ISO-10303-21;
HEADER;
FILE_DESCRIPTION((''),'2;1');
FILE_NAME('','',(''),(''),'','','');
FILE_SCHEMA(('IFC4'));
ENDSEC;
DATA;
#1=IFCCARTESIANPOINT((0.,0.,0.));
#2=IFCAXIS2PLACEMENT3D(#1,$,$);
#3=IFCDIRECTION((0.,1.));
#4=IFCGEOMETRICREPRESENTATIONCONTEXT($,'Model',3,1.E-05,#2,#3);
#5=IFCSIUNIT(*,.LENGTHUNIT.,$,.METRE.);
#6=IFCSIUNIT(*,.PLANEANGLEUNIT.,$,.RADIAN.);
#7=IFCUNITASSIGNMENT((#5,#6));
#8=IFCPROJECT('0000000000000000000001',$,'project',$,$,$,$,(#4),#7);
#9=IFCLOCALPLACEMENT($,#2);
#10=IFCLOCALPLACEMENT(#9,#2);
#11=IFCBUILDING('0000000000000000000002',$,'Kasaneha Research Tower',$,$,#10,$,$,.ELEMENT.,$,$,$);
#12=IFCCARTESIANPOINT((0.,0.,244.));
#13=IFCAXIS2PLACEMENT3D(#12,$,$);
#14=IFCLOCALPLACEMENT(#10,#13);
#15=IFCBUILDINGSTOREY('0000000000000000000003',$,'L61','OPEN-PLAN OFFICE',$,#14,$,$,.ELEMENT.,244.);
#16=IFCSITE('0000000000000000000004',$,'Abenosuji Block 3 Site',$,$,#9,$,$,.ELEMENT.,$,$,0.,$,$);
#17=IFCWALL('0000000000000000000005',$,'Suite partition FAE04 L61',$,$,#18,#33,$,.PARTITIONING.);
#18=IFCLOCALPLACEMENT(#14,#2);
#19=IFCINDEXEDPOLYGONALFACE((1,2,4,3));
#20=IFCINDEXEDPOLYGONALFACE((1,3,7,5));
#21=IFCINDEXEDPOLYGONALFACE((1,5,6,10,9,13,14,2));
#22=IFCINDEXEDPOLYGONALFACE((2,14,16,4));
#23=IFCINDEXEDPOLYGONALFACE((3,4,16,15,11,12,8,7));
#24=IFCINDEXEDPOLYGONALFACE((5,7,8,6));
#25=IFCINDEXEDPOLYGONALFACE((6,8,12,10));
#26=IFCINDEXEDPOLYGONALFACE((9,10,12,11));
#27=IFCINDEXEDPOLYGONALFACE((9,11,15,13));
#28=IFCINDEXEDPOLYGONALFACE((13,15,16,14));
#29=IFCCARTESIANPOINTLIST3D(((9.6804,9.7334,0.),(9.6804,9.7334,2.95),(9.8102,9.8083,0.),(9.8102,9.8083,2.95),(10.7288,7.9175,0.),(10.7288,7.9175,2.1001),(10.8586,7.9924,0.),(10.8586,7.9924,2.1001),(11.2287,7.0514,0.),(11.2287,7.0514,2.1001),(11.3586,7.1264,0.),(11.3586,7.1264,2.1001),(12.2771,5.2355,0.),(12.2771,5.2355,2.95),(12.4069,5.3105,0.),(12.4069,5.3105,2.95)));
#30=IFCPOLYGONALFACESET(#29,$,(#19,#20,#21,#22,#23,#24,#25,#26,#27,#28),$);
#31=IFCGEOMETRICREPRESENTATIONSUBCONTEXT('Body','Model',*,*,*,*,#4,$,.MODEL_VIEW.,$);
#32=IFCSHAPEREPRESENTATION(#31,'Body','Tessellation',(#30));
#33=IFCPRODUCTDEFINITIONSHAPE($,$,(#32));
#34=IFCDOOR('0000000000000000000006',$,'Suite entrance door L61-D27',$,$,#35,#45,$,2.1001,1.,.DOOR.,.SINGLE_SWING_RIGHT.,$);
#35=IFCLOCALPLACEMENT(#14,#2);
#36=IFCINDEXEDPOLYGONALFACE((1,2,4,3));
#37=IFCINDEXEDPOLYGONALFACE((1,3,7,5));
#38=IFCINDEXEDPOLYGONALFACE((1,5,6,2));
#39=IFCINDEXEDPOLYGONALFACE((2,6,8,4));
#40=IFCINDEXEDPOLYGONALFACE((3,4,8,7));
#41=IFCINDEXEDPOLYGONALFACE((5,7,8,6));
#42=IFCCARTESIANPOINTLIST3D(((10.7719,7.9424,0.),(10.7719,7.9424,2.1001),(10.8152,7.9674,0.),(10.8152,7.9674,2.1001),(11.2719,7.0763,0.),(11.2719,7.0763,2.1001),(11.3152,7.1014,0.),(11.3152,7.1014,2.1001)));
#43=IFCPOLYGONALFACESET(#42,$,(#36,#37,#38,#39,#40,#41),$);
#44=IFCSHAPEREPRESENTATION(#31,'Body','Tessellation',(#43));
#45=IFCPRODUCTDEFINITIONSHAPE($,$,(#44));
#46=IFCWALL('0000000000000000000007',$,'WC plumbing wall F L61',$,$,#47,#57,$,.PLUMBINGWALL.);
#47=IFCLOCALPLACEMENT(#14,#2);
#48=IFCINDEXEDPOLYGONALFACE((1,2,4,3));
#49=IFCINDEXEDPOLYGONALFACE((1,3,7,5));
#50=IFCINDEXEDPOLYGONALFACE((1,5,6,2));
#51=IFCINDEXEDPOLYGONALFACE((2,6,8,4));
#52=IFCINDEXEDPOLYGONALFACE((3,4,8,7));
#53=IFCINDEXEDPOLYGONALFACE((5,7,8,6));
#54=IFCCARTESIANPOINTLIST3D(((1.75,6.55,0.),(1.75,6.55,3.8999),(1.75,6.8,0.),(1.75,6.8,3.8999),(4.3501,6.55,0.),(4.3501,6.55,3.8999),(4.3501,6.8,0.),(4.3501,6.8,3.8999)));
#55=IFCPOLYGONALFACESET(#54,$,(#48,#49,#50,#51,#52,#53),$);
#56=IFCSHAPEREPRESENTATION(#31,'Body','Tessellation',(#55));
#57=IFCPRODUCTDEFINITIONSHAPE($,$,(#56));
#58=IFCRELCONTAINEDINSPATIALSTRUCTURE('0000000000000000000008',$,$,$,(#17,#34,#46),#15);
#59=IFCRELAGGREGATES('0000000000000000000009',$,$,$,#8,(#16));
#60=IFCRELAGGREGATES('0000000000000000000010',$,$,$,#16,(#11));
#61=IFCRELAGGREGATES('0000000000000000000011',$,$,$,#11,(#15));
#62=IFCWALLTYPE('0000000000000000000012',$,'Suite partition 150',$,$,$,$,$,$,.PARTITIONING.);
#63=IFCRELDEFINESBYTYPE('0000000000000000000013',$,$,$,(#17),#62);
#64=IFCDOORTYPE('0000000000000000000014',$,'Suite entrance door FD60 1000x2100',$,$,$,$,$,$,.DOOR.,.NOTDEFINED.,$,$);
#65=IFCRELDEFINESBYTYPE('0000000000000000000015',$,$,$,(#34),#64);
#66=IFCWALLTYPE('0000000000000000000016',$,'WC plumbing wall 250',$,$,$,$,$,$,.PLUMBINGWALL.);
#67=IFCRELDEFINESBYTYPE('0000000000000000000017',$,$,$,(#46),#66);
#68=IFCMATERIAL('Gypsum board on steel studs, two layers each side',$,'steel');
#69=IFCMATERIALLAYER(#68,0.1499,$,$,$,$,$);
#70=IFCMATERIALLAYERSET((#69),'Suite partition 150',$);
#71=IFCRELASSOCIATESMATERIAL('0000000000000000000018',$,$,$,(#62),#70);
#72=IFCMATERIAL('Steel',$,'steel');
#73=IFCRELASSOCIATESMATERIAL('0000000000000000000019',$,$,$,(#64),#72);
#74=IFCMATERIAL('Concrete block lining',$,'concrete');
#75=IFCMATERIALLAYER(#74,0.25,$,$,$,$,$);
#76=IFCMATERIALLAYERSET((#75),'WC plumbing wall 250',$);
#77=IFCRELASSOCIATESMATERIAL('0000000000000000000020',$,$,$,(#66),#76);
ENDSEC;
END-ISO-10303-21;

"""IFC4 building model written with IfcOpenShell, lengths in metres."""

from ifc_helpers import new_model, si_unit, direction, frame, frame_2d, origin, place, context, subcontext, project, spatial, rectangle, extrude, material, layer, layer_set, type_object, element, fill, save


model = new_model("IFC4")

# Units and contexts
model_context = context("Model", 3, precision=1e-05, world=origin(), true_north=direction((0.0, 1.0)))
body_context = subcontext(model_context, "Body", "Model", "MODEL_VIEW")
ifc_project = project(units=[si_unit("LENGTHUNIT", "METRE"), si_unit("PLANEANGLEUNIT", "RADIAN")], contexts=[model_context])

# Site, building, storey
site_placement = place(None, origin())
site = spatial("IfcSite", under=ifc_project, at=site_placement, Name="Abenosuji Block 3 Site", CompositionType="ELEMENT", RefElevation=0.0)
building_placement = place(site_placement, origin())
building = spatial("IfcBuilding", under=site, at=building_placement, Name="Kasaneha Research Tower", CompositionType="ELEMENT")
storey_placement = place(building_placement, frame((0.0, 0.0, 244.0)))
storey = spatial("IfcBuildingStorey", under=building, at=storey_placement, Name="L61", Description="OPEN-PLAN OFFICE", CompositionType="ELEMENT", Elevation=244.0)

# Shared definitions
ifc_material_1 = material(Name="Gypsum board on steel studs, two layers each side", Category="steel")
ifc_layer_1 = layer(ifc_material_1, 0.1499)
ifc_layer_set_1 = layer_set([ifc_layer_1], Name="Suite partition 150")
wall_type_1 = type_object("IfcWallType", Name="Suite partition 150", PredefinedType="PARTITIONING", material=ifc_layer_set_1)
ifc_material_2 = material(Name="Steel", Category="steel")
door_type_1 = type_object("IfcDoorType", Name="Suite entrance door FD60 1000x2100", OperationType="NOTDEFINED", PredefinedType="DOOR", material=ifc_material_2)

# Wall, opening, door
wall_1_placement = place(storey_placement, frame((9.7454, 9.7708, 0.0), z_axis=(0.0, 0.0, 1.0), x_axis=(0.499982, -0.866036, 0.0)))
wall_1 = element("IfcWall", 1, at=wall_1_placement, inside=storey, type_object=wall_type_1, Name="Suite partition FAE04 L61", PredefinedType="PARTITIONING", context=body_context, shape_type="SweptSolid", body=[
    extrude(rectangle(XDim=5.1936, YDim=0.1499, at=frame_2d((2.5967, 0.0))), origin(), (0.0, 0.0, 1.0), 2.95),
])
opening_1_placement = place(wall_1_placement, frame((2.0967, 0.0, 0.0)))
opening_1 = element("IfcOpeningElement", 2, at=opening_1_placement, cuts=wall_1, PredefinedType="OPENING", context=body_context, shape_type="SweptSolid", body=[
    extrude(rectangle(XDim=1.0, YDim=2.1001, at=frame_2d((0.5, 1.05))), frame((0.0, 0.085, 0.0), z_axis=(0.0, -1.0, 0.0), x_axis=(1.0, 0.0, 0.0)), (0.0, 0.0, 1.0), 0.1699),
])
door_1_placement = place(opening_1_placement, origin())
door_1 = element("IfcDoor", 3, at=door_1_placement, inside=storey, type_object=door_type_1, Name="Suite entrance door L61-D27", OperationType="SINGLE_SWING_RIGHT", OverallHeight=2.1001, OverallWidth=1.0, PredefinedType="DOOR", context=body_context, shape_type="SweptSolid", body=[
    extrude(rectangle(XDim=1.0, YDim=2.1001, at=frame_2d((0.5, 1.05))), frame((0.0, 0.0249, 0.0), z_axis=(0.0, -1.0, 0.0), x_axis=(1.0, 0.0, 0.0)), (0.0, 0.0, 1.0), 0.05),
])
fill(opening_1, door_1)

# Wall
ifc_material_3 = material(Name="Concrete block lining", Category="concrete")
ifc_layer_2 = layer(ifc_material_3, 0.25)
ifc_layer_set_2 = layer_set([ifc_layer_2], Name="WC plumbing wall 250")
wall_type_2 = type_object("IfcWallType", Name="WC plumbing wall 250", PredefinedType="PLUMBINGWALL", material=ifc_layer_set_2)
wall_2_placement = place(storey_placement, frame((1.75, 6.675, 0.0), z_axis=(0.0, 0.0, 1.0), x_axis=(1.0, 0.0, 0.0)))
element("IfcWall", 4, at=wall_2_placement, inside=storey, type_object=wall_type_2, Name="WC plumbing wall F L61", PredefinedType="PLUMBINGWALL", context=body_context, shape_type="SweptSolid", body=[
    extrude(rectangle(XDim=2.6001, YDim=0.25, at=frame_2d((1.3, 0.0))), origin(), (0.0, 0.0, 1.0), 3.8999),
])

save(model, "model.ifc")
